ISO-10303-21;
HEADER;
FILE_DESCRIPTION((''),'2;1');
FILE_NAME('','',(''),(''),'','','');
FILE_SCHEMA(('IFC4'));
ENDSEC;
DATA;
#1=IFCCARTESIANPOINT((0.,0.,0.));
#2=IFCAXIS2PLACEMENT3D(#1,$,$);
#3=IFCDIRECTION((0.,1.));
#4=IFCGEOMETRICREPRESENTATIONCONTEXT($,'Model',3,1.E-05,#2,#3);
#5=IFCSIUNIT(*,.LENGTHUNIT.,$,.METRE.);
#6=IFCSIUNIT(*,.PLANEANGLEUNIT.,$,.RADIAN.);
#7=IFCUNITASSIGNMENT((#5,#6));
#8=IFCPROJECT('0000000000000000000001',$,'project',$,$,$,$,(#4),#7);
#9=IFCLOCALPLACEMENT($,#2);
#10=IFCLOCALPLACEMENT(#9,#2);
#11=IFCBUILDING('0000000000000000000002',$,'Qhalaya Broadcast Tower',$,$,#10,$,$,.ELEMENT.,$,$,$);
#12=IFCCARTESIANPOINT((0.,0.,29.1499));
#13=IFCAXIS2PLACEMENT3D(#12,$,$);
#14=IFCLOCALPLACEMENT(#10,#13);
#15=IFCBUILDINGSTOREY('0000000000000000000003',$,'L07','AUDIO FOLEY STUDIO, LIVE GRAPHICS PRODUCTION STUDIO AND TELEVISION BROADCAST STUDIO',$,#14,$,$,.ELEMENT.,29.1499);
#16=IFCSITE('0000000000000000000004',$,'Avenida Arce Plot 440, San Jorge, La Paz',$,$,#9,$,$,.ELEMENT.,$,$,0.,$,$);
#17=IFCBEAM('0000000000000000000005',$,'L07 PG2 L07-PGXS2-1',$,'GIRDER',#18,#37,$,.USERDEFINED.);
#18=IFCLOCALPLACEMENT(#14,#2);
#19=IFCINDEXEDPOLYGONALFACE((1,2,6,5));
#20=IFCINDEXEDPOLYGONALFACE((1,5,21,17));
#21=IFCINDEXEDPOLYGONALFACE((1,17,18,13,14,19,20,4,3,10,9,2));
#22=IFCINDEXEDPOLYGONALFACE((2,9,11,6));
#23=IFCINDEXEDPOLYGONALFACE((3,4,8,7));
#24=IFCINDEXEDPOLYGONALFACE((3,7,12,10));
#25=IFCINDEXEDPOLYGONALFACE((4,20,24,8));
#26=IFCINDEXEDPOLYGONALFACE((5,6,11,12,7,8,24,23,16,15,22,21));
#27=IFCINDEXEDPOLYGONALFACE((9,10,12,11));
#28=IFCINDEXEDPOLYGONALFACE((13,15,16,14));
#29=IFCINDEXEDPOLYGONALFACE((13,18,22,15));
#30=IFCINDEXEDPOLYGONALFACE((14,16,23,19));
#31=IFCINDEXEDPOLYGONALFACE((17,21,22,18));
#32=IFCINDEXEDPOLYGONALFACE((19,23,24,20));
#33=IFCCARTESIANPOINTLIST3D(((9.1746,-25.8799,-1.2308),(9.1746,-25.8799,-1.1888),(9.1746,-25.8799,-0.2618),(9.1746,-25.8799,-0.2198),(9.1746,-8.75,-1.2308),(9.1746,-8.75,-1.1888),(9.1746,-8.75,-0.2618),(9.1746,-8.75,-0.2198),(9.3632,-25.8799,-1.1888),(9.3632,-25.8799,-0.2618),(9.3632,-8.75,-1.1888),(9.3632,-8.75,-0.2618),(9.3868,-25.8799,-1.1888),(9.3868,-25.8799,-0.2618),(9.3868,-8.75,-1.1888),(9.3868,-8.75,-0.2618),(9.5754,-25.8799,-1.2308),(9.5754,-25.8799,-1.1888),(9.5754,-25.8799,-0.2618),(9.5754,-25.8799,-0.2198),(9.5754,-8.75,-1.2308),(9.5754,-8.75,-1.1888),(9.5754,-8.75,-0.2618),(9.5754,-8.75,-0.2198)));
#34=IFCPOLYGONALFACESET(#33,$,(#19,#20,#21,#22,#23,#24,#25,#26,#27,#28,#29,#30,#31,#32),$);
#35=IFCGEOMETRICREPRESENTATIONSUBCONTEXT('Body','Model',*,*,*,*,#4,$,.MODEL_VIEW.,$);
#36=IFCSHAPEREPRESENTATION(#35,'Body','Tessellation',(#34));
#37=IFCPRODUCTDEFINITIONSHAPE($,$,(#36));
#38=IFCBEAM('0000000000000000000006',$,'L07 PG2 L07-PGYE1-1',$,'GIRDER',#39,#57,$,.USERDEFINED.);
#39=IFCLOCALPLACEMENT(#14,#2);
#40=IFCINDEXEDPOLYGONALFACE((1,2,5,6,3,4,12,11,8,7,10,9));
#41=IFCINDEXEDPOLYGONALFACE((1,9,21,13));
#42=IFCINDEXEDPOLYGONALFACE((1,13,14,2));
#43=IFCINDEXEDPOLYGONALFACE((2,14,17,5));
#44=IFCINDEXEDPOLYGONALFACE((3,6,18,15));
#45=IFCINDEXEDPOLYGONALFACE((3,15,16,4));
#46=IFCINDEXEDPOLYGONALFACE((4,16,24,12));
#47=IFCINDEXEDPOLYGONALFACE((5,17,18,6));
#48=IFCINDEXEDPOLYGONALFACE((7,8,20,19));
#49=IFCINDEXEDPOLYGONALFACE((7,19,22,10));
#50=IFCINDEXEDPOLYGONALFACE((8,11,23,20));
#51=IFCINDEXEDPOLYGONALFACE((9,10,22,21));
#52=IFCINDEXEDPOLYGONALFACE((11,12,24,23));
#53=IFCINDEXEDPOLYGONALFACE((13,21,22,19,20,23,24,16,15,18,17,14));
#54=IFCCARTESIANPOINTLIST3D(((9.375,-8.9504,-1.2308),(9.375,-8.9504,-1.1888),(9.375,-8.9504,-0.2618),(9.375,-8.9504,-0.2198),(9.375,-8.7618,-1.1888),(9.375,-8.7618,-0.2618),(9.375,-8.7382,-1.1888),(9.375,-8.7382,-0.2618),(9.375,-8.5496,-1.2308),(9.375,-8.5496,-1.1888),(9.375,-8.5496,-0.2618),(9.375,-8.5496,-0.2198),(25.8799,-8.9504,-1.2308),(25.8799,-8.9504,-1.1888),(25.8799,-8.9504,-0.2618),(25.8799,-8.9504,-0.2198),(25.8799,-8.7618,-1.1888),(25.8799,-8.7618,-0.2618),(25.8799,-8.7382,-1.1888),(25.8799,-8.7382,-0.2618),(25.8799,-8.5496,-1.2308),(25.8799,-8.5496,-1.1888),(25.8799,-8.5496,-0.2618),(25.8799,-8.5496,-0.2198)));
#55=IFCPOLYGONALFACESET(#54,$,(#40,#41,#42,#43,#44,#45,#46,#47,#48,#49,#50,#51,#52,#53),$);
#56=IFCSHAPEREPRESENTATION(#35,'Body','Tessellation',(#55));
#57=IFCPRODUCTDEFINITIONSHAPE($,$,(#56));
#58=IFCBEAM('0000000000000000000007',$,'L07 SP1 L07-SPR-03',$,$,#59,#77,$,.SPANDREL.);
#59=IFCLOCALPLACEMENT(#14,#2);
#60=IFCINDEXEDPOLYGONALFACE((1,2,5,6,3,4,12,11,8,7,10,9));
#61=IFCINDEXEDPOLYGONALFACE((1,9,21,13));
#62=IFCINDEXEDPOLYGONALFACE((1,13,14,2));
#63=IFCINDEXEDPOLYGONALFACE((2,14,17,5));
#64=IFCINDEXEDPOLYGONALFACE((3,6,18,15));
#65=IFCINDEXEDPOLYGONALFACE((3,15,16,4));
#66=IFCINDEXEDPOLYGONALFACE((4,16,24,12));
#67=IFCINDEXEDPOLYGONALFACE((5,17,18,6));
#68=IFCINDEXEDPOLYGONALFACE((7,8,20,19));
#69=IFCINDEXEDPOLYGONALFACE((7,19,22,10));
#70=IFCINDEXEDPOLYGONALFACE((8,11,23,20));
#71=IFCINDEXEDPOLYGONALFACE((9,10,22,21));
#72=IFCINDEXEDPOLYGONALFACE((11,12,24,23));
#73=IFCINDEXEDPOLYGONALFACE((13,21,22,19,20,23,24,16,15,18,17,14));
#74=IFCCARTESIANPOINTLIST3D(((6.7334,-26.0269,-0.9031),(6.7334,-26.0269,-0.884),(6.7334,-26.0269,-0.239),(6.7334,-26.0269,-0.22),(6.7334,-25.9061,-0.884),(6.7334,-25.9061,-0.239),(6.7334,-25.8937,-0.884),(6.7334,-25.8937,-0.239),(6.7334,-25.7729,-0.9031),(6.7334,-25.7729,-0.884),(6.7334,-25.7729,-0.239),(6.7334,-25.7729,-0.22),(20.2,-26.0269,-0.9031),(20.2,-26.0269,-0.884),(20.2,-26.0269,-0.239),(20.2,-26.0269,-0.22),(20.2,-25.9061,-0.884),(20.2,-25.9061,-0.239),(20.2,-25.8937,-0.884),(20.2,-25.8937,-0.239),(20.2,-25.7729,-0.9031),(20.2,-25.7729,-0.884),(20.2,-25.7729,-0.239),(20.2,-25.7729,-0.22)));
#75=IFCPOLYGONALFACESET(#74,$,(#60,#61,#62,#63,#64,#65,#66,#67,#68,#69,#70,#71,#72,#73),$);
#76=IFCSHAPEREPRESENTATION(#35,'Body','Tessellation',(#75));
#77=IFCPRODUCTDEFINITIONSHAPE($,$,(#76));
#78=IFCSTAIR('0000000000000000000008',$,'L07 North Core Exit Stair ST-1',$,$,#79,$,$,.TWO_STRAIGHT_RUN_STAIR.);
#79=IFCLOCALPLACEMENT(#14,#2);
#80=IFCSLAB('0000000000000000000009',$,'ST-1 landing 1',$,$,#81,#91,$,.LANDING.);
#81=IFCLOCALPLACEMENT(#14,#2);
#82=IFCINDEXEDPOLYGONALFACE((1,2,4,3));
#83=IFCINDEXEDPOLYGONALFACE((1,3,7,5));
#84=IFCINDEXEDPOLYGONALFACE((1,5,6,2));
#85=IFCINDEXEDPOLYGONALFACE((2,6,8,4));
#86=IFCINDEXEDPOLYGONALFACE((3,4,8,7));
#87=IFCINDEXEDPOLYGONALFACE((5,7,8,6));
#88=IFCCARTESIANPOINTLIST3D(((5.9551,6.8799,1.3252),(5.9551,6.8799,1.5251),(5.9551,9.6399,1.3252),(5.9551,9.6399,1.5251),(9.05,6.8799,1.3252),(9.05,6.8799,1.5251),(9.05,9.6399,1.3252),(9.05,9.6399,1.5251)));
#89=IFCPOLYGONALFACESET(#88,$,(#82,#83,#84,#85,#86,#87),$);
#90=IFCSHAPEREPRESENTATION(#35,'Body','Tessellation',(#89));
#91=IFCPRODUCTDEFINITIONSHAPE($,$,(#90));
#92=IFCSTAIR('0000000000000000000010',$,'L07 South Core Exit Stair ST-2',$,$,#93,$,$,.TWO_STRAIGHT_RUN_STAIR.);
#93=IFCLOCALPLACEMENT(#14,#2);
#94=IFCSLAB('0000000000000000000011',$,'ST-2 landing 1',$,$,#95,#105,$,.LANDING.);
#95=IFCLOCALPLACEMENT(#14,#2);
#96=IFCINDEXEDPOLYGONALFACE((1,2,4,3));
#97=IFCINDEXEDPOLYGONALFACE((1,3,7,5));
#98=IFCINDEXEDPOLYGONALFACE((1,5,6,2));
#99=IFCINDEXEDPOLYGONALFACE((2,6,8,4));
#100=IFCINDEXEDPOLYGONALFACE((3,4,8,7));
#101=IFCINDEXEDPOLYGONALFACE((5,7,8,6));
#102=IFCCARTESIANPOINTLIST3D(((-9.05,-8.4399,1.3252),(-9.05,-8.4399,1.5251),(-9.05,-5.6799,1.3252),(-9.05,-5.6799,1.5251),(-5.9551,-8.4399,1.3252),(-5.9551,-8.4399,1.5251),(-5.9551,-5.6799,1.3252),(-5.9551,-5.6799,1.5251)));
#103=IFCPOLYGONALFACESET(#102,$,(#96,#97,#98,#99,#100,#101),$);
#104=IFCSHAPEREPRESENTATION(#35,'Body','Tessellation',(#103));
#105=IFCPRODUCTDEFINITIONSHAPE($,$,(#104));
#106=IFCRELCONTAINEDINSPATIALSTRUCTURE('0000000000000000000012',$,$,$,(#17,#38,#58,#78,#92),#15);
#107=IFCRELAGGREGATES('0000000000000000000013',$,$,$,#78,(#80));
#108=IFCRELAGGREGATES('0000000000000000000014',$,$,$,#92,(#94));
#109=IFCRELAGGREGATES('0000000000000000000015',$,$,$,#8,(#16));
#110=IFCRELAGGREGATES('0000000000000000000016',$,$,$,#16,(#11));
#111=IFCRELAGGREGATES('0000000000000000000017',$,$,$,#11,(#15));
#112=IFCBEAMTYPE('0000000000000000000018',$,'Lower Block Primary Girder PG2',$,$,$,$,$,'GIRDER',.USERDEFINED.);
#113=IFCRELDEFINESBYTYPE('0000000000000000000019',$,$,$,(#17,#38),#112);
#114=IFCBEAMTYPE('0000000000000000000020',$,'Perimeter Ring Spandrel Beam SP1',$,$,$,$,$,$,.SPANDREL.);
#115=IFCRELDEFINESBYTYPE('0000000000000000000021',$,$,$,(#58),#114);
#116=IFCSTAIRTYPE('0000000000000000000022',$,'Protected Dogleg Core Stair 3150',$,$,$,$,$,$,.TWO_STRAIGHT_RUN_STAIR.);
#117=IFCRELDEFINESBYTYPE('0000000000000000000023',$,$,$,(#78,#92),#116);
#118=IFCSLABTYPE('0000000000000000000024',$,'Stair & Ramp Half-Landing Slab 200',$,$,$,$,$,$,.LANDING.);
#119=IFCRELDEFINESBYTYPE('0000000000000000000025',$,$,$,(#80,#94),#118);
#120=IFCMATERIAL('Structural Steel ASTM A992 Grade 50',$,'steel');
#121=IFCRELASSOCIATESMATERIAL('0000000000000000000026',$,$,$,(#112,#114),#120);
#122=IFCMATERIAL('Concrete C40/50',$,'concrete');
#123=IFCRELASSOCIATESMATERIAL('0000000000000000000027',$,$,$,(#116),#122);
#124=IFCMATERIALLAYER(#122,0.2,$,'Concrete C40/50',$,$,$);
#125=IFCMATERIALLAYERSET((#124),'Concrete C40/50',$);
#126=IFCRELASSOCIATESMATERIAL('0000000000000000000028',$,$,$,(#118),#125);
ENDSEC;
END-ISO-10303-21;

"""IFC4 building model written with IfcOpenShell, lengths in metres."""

from ifc_helpers import new_model, si_unit, direction, frame, origin, origin_2d, place, context, subcontext, project, spatial, polyline, i_section, outline, extrude, material, layer, layer_set, material_profile, profile_set, type_object, element, aggregate, save


model = new_model("IFC4")

# Units and contexts
model_context = context("Model", 3, precision=1e-05, world=origin(), true_north=direction((0.0, 1.0)))
body_context = subcontext(model_context, "Body", "Model", "MODEL_VIEW")
ifc_project = project(units=[si_unit("LENGTHUNIT", "METRE"), si_unit("PLANEANGLEUNIT", "RADIAN")], contexts=[model_context])

# Site, building, storey
site_placement = place(None, origin())
site = spatial("IfcSite", under=ifc_project, at=site_placement, Name="Avenida Arce Plot 440, San Jorge, La Paz", CompositionType="ELEMENT", RefElevation=0.0)
building_placement = place(site_placement, origin())
building = spatial("IfcBuilding", under=site, at=building_placement, Name="Qhalaya Broadcast Tower", CompositionType="ELEMENT")
storey_placement = place(building_placement, frame((0.0, 0.0, 29.1499)))
storey = spatial("IfcBuildingStorey", under=building, at=storey_placement, Name="L07", Description="AUDIO FOLEY STUDIO, LIVE GRAPHICS PRODUCTION STUDIO AND TELEVISION BROADCAST STUDIO", CompositionType="ELEMENT", Elevation=29.1499)

# Beams
ifc_material_1 = material(Name="Structural Steel ASTM A992 Grade 50", Category="steel")
ifc_material_profile_1 = material_profile(ifc_material_1, i_section(OverallWidth=0.4009, OverallDepth=1.011, WebThickness=0.0237, FlangeThickness=0.042, at=origin_2d()), Name="W40X297")
ifc_profile_set_1 = profile_set([ifc_material_profile_1], Name="Structural Steel ASTM A992 Grade 50")
beam_type_1 = type_object("IfcBeamType", Name="Lower Block Primary Girder PG2", ElementType="GIRDER", PredefinedType="USERDEFINED", material=ifc_profile_set_1)
beam_1_placement = place(storey_placement, frame((9.375, -25.8799, -0.7253), z_axis=(0.0, 1.0, 0.0), x_axis=(-1.0, 0.0, 0.0)))
element("IfcBeam", 1, at=beam_1_placement, inside=storey, type_object=beam_type_1, Name="L07 PG2 L07-PGXS2-1", ObjectType="GIRDER", PredefinedType="USERDEFINED", context=body_context, shape_type="SweptSolid", body=[
    extrude(i_section(OverallWidth=0.4009, OverallDepth=1.011, WebThickness=0.0237, FlangeThickness=0.042, at=origin_2d()), origin(), (0.0, 0.0, 1.0), 17.1299),
])
beam_2_placement = place(storey_placement, frame((9.375, -8.75, -0.7253), z_axis=(1.0, 0.0, 0.0), x_axis=(0.0, 1.0, 0.0)))
element("IfcBeam", 2, at=beam_2_placement, inside=storey, type_object=beam_type_1, Name="L07 PG2 L07-PGYE1-1", ObjectType="GIRDER", PredefinedType="USERDEFINED", context=body_context, shape_type="SweptSolid", body=[
    extrude(i_section(OverallWidth=0.4009, OverallDepth=1.011, WebThickness=0.0237, FlangeThickness=0.042, at=origin_2d()), origin(), (0.0, 0.0, 1.0), 16.5049),
])
ifc_material_profile_2 = material_profile(ifc_material_1, i_section(OverallWidth=0.2539, OverallDepth=0.6831, WebThickness=0.0125, FlangeThickness=0.019, at=origin_2d()), Name="W27X94")
ifc_profile_set_2 = profile_set([ifc_material_profile_2], Name="Structural Steel ASTM A992 Grade 50")
beam_type_2 = type_object("IfcBeamType", Name="Perimeter Ring Spandrel Beam SP1", PredefinedType="SPANDREL", material=ifc_profile_set_2)
beam_3_placement = place(storey_placement, frame((6.7334, -25.8999, -0.5615), z_axis=(1.0, 0.0, 0.0), x_axis=(0.0, 1.0, 0.0)))
element("IfcBeam", 3, at=beam_3_placement, inside=storey, type_object=beam_type_2, Name="L07 SP1 L07-SPR-03", PredefinedType="SPANDREL", context=body_context, shape_type="SweptSolid", body=[
    extrude(i_section(OverallWidth=0.2539, OverallDepth=0.6831, WebThickness=0.0125, FlangeThickness=0.019, at=origin_2d()), origin(), (0.0, 0.0, 1.0), 13.4666),
])

# Stairs, slabs
ifc_material_2 = material(Name="Concrete C40/50", Category="concrete")
stair_type = type_object("IfcStairType", Name="Protected Dogleg Core Stair 3150", PredefinedType="TWO_STRAIGHT_RUN_STAIR", material=ifc_material_2)
stair_1_placement = place(storey_placement, origin())
stair_1 = element("IfcStair", 4, at=stair_1_placement, inside=storey, type_object=stair_type, Name="L07 North Core Exit Stair ST-1", PredefinedType="TWO_STRAIGHT_RUN_STAIR")
ifc_layer_1 = layer(ifc_material_2, 0.2, Name="Concrete C40/50")
ifc_layer_set_1 = layer_set([ifc_layer_1], Name="Concrete C40/50")
slab_type_1 = type_object("IfcSlabType", Name="Stair & Ramp Half-Landing Slab 200", PredefinedType="LANDING", material=ifc_layer_set_1)
slab_1_placement = place(storey_placement, frame((0.0, 0.0, 1.3252)))
slab_1 = element("IfcSlab", 5, at=slab_1_placement, type_object=slab_type_1, Name="ST-1 landing 1", PredefinedType="LANDING", context=body_context, shape_type="SweptSolid", body=[
    extrude(outline(polyline([(5.9551, 6.8799), (9.05, 6.8799), (9.05, 9.6399), (5.9551, 9.6399), (5.9551, 6.8799)])), origin(), (0.0, 0.0, 1.0), 0.2),
])
aggregate(stair_1, [slab_1])
stair_2_placement = place(storey_placement, origin())
stair_2 = element("IfcStair", 6, at=stair_2_placement, inside=storey, type_object=stair_type, Name="L07 South Core Exit Stair ST-2", PredefinedType="TWO_STRAIGHT_RUN_STAIR")
slab_2_placement = place(storey_placement, frame((0.0, 0.0, 1.3252)))
slab_2 = element("IfcSlab", 7, at=slab_2_placement, type_object=slab_type_1, Name="ST-2 landing 1", PredefinedType="LANDING", context=body_context, shape_type="SweptSolid", body=[
    extrude(outline(polyline([(-5.9551, -5.6799), (-9.05, -5.6799), (-9.05, -8.4399), (-5.9551, -8.4399), (-5.9551, -5.6799)])), origin(), (0.0, 0.0, 1.0), 0.2),
])
aggregate(stair_2, [slab_2])

save(model, "model.ifc")
